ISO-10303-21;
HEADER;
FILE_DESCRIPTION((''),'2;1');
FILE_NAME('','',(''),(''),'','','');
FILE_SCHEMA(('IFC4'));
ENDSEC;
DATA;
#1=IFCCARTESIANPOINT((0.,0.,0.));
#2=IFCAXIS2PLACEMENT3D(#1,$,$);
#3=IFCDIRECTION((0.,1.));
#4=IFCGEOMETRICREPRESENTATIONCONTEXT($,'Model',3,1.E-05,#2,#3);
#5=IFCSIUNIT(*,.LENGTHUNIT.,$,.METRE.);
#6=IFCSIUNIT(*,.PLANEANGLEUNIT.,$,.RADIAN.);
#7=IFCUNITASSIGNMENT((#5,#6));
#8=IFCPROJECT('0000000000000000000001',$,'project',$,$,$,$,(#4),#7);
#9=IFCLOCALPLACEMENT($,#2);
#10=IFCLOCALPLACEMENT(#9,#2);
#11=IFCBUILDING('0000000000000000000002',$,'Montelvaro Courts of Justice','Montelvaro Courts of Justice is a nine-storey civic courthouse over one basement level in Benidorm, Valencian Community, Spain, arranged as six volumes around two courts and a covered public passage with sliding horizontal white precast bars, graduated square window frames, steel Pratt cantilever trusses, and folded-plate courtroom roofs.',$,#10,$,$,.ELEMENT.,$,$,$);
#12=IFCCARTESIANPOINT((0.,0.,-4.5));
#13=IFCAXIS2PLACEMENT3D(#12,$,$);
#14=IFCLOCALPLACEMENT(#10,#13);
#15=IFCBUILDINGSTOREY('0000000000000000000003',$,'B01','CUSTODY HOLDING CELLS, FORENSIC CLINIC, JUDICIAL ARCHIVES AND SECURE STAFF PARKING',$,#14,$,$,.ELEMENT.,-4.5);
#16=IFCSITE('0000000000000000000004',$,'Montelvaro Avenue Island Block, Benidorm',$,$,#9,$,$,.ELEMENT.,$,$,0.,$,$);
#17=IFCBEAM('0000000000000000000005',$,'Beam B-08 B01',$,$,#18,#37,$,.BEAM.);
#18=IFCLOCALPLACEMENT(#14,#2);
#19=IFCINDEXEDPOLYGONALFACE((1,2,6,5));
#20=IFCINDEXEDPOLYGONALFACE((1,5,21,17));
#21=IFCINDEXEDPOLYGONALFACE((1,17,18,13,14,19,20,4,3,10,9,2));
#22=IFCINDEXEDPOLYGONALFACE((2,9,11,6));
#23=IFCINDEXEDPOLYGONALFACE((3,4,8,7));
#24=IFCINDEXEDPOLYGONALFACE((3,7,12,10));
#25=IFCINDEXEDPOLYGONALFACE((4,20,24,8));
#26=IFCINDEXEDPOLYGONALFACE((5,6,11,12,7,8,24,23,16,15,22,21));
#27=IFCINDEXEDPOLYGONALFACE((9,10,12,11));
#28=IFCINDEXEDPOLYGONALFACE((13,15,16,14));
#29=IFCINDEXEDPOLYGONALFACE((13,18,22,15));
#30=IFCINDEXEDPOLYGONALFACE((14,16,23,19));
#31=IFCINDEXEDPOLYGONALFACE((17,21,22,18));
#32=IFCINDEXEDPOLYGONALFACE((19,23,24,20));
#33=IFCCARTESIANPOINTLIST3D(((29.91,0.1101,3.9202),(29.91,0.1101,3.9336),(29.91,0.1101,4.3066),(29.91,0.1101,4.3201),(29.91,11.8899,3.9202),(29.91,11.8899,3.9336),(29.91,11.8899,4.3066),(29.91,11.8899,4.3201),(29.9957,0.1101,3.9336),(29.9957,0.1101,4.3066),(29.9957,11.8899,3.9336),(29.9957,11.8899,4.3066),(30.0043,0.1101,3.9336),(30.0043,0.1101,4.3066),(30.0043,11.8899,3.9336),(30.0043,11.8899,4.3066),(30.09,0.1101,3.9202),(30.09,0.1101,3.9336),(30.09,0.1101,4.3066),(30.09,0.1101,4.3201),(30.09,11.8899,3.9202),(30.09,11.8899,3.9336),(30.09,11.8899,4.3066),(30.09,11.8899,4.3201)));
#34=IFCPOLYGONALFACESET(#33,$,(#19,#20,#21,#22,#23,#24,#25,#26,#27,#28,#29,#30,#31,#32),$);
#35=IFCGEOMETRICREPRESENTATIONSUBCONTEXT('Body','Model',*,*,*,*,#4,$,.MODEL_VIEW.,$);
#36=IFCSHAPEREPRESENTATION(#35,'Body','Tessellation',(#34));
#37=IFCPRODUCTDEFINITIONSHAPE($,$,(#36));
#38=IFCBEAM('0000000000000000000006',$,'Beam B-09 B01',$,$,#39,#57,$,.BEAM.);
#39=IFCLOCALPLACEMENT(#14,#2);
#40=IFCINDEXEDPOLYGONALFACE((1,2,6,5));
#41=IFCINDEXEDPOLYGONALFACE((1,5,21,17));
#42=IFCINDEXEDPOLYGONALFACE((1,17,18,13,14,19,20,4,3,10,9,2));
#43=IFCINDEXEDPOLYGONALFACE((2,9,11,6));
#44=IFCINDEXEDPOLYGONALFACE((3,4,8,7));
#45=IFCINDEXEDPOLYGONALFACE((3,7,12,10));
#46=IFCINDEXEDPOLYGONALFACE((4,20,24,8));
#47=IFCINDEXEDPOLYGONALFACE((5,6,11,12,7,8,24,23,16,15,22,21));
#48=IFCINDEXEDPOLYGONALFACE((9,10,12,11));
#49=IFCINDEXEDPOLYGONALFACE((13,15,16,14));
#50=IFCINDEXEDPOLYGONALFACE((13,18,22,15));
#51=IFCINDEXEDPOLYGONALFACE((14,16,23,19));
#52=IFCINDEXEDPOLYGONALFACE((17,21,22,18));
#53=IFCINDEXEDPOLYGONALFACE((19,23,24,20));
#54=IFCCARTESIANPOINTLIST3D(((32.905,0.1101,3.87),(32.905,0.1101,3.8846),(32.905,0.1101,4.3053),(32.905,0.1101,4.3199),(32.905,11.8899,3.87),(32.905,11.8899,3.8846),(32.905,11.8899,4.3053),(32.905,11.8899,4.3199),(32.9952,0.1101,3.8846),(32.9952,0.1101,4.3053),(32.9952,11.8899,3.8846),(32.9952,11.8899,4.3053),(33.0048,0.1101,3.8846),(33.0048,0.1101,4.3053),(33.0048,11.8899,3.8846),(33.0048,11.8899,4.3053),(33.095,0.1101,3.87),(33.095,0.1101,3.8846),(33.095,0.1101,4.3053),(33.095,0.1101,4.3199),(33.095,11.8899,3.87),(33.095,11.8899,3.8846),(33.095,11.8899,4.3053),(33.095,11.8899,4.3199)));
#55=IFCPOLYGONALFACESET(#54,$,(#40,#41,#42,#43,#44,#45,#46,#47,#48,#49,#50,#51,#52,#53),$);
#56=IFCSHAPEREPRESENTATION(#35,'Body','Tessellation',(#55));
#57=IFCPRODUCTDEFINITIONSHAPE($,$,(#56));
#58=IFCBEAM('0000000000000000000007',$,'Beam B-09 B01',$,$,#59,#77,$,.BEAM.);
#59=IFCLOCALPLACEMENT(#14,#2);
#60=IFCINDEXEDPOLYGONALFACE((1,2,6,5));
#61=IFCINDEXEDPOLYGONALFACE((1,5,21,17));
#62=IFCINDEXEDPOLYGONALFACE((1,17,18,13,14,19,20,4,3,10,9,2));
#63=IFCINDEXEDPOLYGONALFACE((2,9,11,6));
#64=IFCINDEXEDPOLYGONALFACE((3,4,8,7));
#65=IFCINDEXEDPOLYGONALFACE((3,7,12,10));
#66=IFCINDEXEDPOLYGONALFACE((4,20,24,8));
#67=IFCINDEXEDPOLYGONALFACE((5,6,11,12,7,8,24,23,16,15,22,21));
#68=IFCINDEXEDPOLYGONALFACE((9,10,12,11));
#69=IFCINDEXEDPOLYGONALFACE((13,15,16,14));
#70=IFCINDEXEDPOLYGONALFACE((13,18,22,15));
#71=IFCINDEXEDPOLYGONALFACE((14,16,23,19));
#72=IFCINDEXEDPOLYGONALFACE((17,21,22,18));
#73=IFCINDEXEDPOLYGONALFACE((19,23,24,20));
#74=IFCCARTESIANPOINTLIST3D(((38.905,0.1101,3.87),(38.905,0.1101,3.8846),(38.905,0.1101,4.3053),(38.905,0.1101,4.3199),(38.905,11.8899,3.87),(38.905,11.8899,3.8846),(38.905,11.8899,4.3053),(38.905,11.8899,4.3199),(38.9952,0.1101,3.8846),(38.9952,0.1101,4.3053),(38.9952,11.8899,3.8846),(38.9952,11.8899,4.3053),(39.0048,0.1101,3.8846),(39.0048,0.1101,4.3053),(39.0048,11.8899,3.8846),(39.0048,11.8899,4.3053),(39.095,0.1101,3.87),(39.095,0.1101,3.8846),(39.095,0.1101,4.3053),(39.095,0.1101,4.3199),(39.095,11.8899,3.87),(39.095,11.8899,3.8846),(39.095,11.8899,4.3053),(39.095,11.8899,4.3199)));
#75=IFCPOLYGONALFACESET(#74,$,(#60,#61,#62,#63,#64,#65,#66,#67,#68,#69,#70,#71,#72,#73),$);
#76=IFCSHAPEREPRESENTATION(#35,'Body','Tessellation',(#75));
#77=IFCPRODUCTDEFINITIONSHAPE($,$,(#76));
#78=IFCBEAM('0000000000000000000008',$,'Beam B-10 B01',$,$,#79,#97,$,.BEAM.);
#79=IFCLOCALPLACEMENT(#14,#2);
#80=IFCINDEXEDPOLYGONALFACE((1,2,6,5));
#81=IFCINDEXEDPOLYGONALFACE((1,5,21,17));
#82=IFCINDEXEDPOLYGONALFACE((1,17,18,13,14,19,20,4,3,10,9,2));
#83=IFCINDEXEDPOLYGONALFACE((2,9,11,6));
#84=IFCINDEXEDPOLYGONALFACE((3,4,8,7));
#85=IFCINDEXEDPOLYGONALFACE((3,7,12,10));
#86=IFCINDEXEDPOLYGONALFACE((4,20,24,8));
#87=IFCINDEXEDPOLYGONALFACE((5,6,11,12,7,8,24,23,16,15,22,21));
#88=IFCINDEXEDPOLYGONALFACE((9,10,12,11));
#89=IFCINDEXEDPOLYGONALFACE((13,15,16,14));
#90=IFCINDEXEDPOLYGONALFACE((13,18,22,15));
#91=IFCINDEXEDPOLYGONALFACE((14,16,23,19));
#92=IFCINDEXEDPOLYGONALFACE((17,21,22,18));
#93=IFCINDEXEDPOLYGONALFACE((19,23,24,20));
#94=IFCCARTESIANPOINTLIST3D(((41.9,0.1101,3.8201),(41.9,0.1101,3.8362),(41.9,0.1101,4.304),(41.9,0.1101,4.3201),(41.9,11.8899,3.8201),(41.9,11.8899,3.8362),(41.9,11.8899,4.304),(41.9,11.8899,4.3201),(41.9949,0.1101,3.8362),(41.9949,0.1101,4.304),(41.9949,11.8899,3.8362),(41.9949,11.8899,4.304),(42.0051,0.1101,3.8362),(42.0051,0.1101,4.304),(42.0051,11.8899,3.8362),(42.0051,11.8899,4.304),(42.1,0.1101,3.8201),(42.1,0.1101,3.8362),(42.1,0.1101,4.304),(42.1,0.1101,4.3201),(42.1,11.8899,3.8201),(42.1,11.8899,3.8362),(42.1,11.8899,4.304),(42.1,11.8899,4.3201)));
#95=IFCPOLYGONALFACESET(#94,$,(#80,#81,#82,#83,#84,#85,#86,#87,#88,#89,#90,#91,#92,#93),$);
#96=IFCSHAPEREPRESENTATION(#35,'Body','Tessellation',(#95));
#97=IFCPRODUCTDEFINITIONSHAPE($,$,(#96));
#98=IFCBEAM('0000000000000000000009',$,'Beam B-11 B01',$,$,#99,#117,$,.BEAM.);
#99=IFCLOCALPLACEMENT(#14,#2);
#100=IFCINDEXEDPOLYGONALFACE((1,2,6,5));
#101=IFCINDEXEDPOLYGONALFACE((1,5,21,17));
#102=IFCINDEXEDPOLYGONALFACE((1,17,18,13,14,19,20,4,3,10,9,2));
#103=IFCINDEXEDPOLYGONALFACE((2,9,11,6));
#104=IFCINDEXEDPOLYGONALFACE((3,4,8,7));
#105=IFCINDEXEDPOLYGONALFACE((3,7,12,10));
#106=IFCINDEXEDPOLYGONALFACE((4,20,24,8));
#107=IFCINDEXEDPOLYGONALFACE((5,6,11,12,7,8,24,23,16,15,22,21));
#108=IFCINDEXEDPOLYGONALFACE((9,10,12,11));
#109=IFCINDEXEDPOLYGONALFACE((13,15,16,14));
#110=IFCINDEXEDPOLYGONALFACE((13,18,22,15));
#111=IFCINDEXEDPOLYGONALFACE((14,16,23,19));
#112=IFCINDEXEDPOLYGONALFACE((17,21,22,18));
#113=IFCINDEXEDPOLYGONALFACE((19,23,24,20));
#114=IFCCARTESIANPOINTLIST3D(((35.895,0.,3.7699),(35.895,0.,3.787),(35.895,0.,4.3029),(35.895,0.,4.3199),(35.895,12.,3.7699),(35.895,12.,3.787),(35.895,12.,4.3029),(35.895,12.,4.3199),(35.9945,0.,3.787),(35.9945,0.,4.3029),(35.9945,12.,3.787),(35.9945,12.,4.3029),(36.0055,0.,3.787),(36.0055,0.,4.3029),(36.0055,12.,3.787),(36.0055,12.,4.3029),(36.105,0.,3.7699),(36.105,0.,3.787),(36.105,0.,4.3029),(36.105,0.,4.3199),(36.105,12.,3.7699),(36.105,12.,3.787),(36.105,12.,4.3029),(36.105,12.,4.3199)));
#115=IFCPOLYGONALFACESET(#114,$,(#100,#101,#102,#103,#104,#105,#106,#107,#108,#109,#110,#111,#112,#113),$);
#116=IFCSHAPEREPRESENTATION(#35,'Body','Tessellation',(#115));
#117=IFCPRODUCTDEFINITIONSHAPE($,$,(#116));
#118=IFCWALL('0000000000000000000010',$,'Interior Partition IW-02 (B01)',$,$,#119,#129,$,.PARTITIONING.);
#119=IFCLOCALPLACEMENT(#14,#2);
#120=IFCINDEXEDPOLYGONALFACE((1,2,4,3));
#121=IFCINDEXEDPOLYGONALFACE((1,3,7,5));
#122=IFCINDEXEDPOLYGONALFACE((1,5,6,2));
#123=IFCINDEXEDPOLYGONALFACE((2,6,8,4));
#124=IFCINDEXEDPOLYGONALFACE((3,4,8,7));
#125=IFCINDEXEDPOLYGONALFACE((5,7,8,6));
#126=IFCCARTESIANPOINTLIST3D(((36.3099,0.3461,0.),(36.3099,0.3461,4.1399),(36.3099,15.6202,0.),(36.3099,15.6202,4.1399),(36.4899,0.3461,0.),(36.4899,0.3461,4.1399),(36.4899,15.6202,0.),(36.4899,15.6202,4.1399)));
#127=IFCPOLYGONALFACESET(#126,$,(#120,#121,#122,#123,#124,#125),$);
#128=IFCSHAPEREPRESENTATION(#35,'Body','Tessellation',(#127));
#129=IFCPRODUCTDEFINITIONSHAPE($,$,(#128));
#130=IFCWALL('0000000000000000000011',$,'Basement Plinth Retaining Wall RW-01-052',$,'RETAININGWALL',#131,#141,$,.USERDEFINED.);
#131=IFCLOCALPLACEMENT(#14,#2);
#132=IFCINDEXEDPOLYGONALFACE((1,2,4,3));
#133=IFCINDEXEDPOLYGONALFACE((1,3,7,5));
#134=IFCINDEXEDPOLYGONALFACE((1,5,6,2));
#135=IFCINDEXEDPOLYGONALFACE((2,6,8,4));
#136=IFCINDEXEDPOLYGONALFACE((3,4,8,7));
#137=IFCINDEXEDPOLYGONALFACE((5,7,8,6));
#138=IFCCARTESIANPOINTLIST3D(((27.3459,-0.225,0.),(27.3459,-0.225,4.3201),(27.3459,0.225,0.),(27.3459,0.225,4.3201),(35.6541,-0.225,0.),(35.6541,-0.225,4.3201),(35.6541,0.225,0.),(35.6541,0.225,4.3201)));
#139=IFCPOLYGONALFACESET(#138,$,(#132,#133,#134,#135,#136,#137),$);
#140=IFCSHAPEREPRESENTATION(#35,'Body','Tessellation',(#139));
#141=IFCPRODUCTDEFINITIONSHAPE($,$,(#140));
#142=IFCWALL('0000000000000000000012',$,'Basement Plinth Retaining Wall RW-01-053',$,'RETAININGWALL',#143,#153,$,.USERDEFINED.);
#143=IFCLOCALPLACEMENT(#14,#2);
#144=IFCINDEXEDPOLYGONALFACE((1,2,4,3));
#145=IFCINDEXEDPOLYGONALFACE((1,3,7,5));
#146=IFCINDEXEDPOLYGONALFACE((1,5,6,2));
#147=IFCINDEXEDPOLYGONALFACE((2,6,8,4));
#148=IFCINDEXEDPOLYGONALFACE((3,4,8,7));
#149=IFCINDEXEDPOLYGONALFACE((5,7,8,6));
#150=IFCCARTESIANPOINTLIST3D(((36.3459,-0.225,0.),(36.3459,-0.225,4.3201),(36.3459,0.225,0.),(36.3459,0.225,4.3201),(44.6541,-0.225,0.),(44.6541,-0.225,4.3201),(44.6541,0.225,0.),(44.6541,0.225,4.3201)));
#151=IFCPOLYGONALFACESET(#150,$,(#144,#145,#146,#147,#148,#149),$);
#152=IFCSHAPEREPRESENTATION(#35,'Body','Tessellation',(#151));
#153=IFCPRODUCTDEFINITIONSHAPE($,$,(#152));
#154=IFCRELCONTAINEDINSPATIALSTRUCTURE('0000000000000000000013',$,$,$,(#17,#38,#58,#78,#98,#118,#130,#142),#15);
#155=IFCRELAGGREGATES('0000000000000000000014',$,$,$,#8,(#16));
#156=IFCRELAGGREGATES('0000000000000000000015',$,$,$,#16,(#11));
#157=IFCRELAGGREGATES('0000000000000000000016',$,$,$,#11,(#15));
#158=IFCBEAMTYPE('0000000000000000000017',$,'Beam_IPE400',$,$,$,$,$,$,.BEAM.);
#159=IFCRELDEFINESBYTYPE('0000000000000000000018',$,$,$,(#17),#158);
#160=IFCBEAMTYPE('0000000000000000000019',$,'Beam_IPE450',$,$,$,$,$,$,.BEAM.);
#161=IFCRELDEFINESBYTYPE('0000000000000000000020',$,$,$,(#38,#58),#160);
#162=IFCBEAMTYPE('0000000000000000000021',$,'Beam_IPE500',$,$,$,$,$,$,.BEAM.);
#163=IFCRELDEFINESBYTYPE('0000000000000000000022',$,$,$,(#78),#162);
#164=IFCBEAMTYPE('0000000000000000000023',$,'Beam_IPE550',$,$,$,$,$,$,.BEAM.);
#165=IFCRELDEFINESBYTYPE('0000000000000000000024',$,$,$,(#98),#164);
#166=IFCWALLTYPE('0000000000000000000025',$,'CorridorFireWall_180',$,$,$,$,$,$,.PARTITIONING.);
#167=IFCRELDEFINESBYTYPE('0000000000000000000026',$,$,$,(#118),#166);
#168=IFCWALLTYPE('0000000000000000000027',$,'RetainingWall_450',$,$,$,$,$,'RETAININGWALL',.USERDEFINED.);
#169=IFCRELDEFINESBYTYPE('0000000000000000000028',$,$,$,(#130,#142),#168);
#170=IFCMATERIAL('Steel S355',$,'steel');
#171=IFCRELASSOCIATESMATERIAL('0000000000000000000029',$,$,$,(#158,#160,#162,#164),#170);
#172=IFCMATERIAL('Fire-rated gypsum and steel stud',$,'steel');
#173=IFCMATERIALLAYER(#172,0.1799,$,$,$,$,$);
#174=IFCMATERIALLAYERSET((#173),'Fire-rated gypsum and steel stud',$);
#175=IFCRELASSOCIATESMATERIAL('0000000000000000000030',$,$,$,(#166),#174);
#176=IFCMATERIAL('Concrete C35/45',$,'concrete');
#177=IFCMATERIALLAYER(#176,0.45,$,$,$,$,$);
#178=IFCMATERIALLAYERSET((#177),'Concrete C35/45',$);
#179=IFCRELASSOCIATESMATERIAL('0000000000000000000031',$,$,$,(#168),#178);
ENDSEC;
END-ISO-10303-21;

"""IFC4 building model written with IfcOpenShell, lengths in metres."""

from ifc_helpers import new_model, si_unit, direction, frame, frame_2d, origin, origin_2d, place, context, subcontext, project, spatial, rectangle, i_section, extrude, material, layer, layer_set, material_profile, profile_set, type_object, element, save


model = new_model("IFC4")

# Units and contexts
model_context = context("Model", 3, precision=1e-05, world=origin(), true_north=direction((0.0, 1.0)))
body_context = subcontext(model_context, "Body", "Model", "MODEL_VIEW")
ifc_project = project(units=[si_unit("LENGTHUNIT", "METRE"), si_unit("PLANEANGLEUNIT", "RADIAN")], contexts=[model_context])

# Site, building, storey
site_placement = place(None, origin())
site = spatial("IfcSite", under=ifc_project, at=site_placement, Name="Montelvaro Avenue Island Block, Benidorm", CompositionType="ELEMENT", RefElevation=0.0)
building_placement = place(site_placement, origin())
building = spatial("IfcBuilding", under=site, at=building_placement, Name="Montelvaro Courts of Justice", Description="Montelvaro Courts of Justice is a nine-storey civic courthouse over one basement level in Benidorm, Valencian Community, Spain, arranged as six volumes around two courts and a covered public passage with sliding horizontal white precast bars, graduated square window frames, steel Pratt cantilever trusses, and folded-plate courtroom roofs.", CompositionType="ELEMENT")
storey_placement = place(building_placement, frame((0.0, 0.0, -4.5)))
storey = spatial("IfcBuildingStorey", under=building, at=storey_placement, Name="B01", Description="CUSTODY HOLDING CELLS, FORENSIC CLINIC, JUDICIAL ARCHIVES AND SECURE STAFF PARKING", CompositionType="ELEMENT", Elevation=-4.5)

# Shared definitions
ifc_material_1 = material(Name="Concrete C35/45", Category="concrete")

# Beams
ifc_material_2 = material(Name="Steel S355", Category="steel")
ifc_material_profile_1 = material_profile(ifc_material_2, i_section(OverallWidth=0.1799, OverallDepth=0.3999, WebThickness=0.0085, FlangeThickness=0.0134, at=origin_2d()), Name="IPE 400")
ifc_profile_set_1 = profile_set([ifc_material_profile_1], Name="Steel S355")
beam_type_1 = type_object("IfcBeamType", Name="Beam_IPE400", PredefinedType="BEAM", material=ifc_profile_set_1)
beam_1_placement = place(storey_placement, frame((30.0, 0.1101, 4.1201), z_axis=(0.0, 1.0, 0.0), x_axis=(-1.0, 0.0, 0.0)))
element("IfcBeam", 1, at=beam_1_placement, inside=storey, type_object=beam_type_1, Name="Beam B-08 B01", PredefinedType="BEAM", context=body_context, shape_type="SweptSolid", body=[
    extrude(i_section(OverallWidth=0.1799, OverallDepth=0.3999, WebThickness=0.0085, FlangeThickness=0.0134, at=origin_2d()), origin(), (0.0, 0.0, 1.0), 11.7798),
])
ifc_material_profile_2 = material_profile(ifc_material_2, i_section(OverallWidth=0.1899, OverallDepth=0.45, WebThickness=0.0095, FlangeThickness=0.0146, at=origin_2d()), Name="IPE 450")
ifc_profile_set_2 = profile_set([ifc_material_profile_2], Name="Steel S355")
beam_type_2 = type_object("IfcBeamType", Name="Beam_IPE450", PredefinedType="BEAM", material=ifc_profile_set_2)
for number, where, z_axis, x_axis, name in (
    (2, (33.0, 0.1101, 4.095), (0.0, 1.0, 0.0), (-1.0, 0.0, 0.0), "Beam B-09 B01"),
    (3, (39.0, 0.1101, 4.095), (0.0, 1.0, 0.0), (-1.0, 0.0, 0.0), "Beam B-09 B01"),
):
    element("IfcBeam", number, at=place(storey_placement, frame(where, z_axis=z_axis, x_axis=x_axis)), inside=storey, type_object=beam_type_2, Name=name, PredefinedType="BEAM", context=body_context, shape_type="SweptSolid", body=[
        extrude(i_section(OverallWidth=0.1899, OverallDepth=0.45, WebThickness=0.0095, FlangeThickness=0.0146, at=origin_2d()), origin(), (0.0, 0.0, 1.0), 11.7798),
    ])
ifc_material_profile_3 = material_profile(ifc_material_2, i_section(OverallWidth=0.2, OverallDepth=0.5, WebThickness=0.0103, FlangeThickness=0.0161, at=origin_2d()), Name="IPE 500")
ifc_profile_set_3 = profile_set([ifc_material_profile_3], Name="Steel S355")
beam_type_3 = type_object("IfcBeamType", Name="Beam_IPE500", PredefinedType="BEAM", material=ifc_profile_set_3)
beam_2_placement = place(storey_placement, frame((42.0, 0.1101, 4.0701), z_axis=(0.0, 1.0, 0.0), x_axis=(-1.0, 0.0, 0.0)))
element("IfcBeam", 4, at=beam_2_placement, inside=storey, type_object=beam_type_3, Name="Beam B-10 B01", PredefinedType="BEAM", context=body_context, shape_type="SweptSolid", body=[
    extrude(i_section(OverallWidth=0.2, OverallDepth=0.5, WebThickness=0.0103, FlangeThickness=0.0161, at=origin_2d()), origin(), (0.0, 0.0, 1.0), 11.7798),
])
ifc_material_profile_4 = material_profile(ifc_material_2, i_section(OverallWidth=0.21, OverallDepth=0.55, WebThickness=0.011, FlangeThickness=0.0171, at=origin_2d()), Name="IPE 550")
ifc_profile_set_4 = profile_set([ifc_material_profile_4], Name="Steel S355")
beam_type_4 = type_object("IfcBeamType", Name="Beam_IPE550", PredefinedType="BEAM", material=ifc_profile_set_4)
beam_3_placement = place(storey_placement, frame((36.0, 0.0, 4.0449), z_axis=(0.0, 1.0, 0.0), x_axis=(-1.0, 0.0, 0.0)))
element("IfcBeam", 5, at=beam_3_placement, inside=storey, type_object=beam_type_4, Name="Beam B-11 B01", PredefinedType="BEAM", context=body_context, shape_type="SweptSolid", body=[
    extrude(i_section(OverallWidth=0.21, OverallDepth=0.55, WebThickness=0.011, FlangeThickness=0.0171, at=origin_2d()), origin(), (0.0, 0.0, 1.0), 12.0),
])

# Walls
ifc_material_3 = material(Name="Fire-rated gypsum and steel stud", Category="steel")
ifc_layer_1 = layer(ifc_material_3, 0.1799)
ifc_layer_set_1 = layer_set([ifc_layer_1], Name="Fire-rated gypsum and steel stud")
wall_type_1 = type_object("IfcWallType", Name="CorridorFireWall_180", PredefinedType="PARTITIONING", material=ifc_layer_set_1)
wall_placement = place(storey_placement, frame((36.3999, 0.3459, 0.0), z_axis=(0.0, 0.0, 1.0), x_axis=(0.0, 1.0, 0.0)))
element("IfcWall", 6, at=wall_placement, inside=storey, type_object=wall_type_1, Name="Interior Partition IW-02 (B01)", PredefinedType="PARTITIONING", context=body_context, shape_type="SweptSolid", body=[
    extrude(rectangle(XDim=15.2742, YDim=0.1799, at=frame_2d((7.6372, 0.0))), origin(), (0.0, 0.0, 1.0), 4.1399),
])
ifc_layer_2 = layer(ifc_material_1, 0.45)
ifc_layer_set_2 = layer_set([ifc_layer_2], Name="Concrete C35/45")
wall_type_2 = type_object("IfcWallType", Name="RetainingWall_450", ElementType="RETAININGWALL", PredefinedType="USERDEFINED", material=ifc_layer_set_2)
for number, where, z_axis, x_axis, name in (
    (7, (27.3459, 0.0, 0.0), (0.0, 0.0, 1.0), (1.0, 0.0, 0.0), "Basement Plinth Retaining Wall RW-01-052"),
    (8, (36.3459, 0.0, 0.0), (0.0, 0.0, 1.0), (1.0, 0.0, 0.0), "Basement Plinth Retaining Wall RW-01-053"),
):
    element("IfcWall", number, at=place(storey_placement, frame(where, z_axis=z_axis, x_axis=x_axis)), inside=storey, type_object=wall_type_2, Name=name, ObjectType="RETAININGWALL", PredefinedType="USERDEFINED", context=body_context, shape_type="SweptSolid", body=[
        extrude(rectangle(XDim=8.3081, YDim=0.45, at=frame_2d((4.1541, 0.0))), origin(), (0.0, 0.0, 1.0), 4.3201),
    ])

save(model, "model.ifc")
